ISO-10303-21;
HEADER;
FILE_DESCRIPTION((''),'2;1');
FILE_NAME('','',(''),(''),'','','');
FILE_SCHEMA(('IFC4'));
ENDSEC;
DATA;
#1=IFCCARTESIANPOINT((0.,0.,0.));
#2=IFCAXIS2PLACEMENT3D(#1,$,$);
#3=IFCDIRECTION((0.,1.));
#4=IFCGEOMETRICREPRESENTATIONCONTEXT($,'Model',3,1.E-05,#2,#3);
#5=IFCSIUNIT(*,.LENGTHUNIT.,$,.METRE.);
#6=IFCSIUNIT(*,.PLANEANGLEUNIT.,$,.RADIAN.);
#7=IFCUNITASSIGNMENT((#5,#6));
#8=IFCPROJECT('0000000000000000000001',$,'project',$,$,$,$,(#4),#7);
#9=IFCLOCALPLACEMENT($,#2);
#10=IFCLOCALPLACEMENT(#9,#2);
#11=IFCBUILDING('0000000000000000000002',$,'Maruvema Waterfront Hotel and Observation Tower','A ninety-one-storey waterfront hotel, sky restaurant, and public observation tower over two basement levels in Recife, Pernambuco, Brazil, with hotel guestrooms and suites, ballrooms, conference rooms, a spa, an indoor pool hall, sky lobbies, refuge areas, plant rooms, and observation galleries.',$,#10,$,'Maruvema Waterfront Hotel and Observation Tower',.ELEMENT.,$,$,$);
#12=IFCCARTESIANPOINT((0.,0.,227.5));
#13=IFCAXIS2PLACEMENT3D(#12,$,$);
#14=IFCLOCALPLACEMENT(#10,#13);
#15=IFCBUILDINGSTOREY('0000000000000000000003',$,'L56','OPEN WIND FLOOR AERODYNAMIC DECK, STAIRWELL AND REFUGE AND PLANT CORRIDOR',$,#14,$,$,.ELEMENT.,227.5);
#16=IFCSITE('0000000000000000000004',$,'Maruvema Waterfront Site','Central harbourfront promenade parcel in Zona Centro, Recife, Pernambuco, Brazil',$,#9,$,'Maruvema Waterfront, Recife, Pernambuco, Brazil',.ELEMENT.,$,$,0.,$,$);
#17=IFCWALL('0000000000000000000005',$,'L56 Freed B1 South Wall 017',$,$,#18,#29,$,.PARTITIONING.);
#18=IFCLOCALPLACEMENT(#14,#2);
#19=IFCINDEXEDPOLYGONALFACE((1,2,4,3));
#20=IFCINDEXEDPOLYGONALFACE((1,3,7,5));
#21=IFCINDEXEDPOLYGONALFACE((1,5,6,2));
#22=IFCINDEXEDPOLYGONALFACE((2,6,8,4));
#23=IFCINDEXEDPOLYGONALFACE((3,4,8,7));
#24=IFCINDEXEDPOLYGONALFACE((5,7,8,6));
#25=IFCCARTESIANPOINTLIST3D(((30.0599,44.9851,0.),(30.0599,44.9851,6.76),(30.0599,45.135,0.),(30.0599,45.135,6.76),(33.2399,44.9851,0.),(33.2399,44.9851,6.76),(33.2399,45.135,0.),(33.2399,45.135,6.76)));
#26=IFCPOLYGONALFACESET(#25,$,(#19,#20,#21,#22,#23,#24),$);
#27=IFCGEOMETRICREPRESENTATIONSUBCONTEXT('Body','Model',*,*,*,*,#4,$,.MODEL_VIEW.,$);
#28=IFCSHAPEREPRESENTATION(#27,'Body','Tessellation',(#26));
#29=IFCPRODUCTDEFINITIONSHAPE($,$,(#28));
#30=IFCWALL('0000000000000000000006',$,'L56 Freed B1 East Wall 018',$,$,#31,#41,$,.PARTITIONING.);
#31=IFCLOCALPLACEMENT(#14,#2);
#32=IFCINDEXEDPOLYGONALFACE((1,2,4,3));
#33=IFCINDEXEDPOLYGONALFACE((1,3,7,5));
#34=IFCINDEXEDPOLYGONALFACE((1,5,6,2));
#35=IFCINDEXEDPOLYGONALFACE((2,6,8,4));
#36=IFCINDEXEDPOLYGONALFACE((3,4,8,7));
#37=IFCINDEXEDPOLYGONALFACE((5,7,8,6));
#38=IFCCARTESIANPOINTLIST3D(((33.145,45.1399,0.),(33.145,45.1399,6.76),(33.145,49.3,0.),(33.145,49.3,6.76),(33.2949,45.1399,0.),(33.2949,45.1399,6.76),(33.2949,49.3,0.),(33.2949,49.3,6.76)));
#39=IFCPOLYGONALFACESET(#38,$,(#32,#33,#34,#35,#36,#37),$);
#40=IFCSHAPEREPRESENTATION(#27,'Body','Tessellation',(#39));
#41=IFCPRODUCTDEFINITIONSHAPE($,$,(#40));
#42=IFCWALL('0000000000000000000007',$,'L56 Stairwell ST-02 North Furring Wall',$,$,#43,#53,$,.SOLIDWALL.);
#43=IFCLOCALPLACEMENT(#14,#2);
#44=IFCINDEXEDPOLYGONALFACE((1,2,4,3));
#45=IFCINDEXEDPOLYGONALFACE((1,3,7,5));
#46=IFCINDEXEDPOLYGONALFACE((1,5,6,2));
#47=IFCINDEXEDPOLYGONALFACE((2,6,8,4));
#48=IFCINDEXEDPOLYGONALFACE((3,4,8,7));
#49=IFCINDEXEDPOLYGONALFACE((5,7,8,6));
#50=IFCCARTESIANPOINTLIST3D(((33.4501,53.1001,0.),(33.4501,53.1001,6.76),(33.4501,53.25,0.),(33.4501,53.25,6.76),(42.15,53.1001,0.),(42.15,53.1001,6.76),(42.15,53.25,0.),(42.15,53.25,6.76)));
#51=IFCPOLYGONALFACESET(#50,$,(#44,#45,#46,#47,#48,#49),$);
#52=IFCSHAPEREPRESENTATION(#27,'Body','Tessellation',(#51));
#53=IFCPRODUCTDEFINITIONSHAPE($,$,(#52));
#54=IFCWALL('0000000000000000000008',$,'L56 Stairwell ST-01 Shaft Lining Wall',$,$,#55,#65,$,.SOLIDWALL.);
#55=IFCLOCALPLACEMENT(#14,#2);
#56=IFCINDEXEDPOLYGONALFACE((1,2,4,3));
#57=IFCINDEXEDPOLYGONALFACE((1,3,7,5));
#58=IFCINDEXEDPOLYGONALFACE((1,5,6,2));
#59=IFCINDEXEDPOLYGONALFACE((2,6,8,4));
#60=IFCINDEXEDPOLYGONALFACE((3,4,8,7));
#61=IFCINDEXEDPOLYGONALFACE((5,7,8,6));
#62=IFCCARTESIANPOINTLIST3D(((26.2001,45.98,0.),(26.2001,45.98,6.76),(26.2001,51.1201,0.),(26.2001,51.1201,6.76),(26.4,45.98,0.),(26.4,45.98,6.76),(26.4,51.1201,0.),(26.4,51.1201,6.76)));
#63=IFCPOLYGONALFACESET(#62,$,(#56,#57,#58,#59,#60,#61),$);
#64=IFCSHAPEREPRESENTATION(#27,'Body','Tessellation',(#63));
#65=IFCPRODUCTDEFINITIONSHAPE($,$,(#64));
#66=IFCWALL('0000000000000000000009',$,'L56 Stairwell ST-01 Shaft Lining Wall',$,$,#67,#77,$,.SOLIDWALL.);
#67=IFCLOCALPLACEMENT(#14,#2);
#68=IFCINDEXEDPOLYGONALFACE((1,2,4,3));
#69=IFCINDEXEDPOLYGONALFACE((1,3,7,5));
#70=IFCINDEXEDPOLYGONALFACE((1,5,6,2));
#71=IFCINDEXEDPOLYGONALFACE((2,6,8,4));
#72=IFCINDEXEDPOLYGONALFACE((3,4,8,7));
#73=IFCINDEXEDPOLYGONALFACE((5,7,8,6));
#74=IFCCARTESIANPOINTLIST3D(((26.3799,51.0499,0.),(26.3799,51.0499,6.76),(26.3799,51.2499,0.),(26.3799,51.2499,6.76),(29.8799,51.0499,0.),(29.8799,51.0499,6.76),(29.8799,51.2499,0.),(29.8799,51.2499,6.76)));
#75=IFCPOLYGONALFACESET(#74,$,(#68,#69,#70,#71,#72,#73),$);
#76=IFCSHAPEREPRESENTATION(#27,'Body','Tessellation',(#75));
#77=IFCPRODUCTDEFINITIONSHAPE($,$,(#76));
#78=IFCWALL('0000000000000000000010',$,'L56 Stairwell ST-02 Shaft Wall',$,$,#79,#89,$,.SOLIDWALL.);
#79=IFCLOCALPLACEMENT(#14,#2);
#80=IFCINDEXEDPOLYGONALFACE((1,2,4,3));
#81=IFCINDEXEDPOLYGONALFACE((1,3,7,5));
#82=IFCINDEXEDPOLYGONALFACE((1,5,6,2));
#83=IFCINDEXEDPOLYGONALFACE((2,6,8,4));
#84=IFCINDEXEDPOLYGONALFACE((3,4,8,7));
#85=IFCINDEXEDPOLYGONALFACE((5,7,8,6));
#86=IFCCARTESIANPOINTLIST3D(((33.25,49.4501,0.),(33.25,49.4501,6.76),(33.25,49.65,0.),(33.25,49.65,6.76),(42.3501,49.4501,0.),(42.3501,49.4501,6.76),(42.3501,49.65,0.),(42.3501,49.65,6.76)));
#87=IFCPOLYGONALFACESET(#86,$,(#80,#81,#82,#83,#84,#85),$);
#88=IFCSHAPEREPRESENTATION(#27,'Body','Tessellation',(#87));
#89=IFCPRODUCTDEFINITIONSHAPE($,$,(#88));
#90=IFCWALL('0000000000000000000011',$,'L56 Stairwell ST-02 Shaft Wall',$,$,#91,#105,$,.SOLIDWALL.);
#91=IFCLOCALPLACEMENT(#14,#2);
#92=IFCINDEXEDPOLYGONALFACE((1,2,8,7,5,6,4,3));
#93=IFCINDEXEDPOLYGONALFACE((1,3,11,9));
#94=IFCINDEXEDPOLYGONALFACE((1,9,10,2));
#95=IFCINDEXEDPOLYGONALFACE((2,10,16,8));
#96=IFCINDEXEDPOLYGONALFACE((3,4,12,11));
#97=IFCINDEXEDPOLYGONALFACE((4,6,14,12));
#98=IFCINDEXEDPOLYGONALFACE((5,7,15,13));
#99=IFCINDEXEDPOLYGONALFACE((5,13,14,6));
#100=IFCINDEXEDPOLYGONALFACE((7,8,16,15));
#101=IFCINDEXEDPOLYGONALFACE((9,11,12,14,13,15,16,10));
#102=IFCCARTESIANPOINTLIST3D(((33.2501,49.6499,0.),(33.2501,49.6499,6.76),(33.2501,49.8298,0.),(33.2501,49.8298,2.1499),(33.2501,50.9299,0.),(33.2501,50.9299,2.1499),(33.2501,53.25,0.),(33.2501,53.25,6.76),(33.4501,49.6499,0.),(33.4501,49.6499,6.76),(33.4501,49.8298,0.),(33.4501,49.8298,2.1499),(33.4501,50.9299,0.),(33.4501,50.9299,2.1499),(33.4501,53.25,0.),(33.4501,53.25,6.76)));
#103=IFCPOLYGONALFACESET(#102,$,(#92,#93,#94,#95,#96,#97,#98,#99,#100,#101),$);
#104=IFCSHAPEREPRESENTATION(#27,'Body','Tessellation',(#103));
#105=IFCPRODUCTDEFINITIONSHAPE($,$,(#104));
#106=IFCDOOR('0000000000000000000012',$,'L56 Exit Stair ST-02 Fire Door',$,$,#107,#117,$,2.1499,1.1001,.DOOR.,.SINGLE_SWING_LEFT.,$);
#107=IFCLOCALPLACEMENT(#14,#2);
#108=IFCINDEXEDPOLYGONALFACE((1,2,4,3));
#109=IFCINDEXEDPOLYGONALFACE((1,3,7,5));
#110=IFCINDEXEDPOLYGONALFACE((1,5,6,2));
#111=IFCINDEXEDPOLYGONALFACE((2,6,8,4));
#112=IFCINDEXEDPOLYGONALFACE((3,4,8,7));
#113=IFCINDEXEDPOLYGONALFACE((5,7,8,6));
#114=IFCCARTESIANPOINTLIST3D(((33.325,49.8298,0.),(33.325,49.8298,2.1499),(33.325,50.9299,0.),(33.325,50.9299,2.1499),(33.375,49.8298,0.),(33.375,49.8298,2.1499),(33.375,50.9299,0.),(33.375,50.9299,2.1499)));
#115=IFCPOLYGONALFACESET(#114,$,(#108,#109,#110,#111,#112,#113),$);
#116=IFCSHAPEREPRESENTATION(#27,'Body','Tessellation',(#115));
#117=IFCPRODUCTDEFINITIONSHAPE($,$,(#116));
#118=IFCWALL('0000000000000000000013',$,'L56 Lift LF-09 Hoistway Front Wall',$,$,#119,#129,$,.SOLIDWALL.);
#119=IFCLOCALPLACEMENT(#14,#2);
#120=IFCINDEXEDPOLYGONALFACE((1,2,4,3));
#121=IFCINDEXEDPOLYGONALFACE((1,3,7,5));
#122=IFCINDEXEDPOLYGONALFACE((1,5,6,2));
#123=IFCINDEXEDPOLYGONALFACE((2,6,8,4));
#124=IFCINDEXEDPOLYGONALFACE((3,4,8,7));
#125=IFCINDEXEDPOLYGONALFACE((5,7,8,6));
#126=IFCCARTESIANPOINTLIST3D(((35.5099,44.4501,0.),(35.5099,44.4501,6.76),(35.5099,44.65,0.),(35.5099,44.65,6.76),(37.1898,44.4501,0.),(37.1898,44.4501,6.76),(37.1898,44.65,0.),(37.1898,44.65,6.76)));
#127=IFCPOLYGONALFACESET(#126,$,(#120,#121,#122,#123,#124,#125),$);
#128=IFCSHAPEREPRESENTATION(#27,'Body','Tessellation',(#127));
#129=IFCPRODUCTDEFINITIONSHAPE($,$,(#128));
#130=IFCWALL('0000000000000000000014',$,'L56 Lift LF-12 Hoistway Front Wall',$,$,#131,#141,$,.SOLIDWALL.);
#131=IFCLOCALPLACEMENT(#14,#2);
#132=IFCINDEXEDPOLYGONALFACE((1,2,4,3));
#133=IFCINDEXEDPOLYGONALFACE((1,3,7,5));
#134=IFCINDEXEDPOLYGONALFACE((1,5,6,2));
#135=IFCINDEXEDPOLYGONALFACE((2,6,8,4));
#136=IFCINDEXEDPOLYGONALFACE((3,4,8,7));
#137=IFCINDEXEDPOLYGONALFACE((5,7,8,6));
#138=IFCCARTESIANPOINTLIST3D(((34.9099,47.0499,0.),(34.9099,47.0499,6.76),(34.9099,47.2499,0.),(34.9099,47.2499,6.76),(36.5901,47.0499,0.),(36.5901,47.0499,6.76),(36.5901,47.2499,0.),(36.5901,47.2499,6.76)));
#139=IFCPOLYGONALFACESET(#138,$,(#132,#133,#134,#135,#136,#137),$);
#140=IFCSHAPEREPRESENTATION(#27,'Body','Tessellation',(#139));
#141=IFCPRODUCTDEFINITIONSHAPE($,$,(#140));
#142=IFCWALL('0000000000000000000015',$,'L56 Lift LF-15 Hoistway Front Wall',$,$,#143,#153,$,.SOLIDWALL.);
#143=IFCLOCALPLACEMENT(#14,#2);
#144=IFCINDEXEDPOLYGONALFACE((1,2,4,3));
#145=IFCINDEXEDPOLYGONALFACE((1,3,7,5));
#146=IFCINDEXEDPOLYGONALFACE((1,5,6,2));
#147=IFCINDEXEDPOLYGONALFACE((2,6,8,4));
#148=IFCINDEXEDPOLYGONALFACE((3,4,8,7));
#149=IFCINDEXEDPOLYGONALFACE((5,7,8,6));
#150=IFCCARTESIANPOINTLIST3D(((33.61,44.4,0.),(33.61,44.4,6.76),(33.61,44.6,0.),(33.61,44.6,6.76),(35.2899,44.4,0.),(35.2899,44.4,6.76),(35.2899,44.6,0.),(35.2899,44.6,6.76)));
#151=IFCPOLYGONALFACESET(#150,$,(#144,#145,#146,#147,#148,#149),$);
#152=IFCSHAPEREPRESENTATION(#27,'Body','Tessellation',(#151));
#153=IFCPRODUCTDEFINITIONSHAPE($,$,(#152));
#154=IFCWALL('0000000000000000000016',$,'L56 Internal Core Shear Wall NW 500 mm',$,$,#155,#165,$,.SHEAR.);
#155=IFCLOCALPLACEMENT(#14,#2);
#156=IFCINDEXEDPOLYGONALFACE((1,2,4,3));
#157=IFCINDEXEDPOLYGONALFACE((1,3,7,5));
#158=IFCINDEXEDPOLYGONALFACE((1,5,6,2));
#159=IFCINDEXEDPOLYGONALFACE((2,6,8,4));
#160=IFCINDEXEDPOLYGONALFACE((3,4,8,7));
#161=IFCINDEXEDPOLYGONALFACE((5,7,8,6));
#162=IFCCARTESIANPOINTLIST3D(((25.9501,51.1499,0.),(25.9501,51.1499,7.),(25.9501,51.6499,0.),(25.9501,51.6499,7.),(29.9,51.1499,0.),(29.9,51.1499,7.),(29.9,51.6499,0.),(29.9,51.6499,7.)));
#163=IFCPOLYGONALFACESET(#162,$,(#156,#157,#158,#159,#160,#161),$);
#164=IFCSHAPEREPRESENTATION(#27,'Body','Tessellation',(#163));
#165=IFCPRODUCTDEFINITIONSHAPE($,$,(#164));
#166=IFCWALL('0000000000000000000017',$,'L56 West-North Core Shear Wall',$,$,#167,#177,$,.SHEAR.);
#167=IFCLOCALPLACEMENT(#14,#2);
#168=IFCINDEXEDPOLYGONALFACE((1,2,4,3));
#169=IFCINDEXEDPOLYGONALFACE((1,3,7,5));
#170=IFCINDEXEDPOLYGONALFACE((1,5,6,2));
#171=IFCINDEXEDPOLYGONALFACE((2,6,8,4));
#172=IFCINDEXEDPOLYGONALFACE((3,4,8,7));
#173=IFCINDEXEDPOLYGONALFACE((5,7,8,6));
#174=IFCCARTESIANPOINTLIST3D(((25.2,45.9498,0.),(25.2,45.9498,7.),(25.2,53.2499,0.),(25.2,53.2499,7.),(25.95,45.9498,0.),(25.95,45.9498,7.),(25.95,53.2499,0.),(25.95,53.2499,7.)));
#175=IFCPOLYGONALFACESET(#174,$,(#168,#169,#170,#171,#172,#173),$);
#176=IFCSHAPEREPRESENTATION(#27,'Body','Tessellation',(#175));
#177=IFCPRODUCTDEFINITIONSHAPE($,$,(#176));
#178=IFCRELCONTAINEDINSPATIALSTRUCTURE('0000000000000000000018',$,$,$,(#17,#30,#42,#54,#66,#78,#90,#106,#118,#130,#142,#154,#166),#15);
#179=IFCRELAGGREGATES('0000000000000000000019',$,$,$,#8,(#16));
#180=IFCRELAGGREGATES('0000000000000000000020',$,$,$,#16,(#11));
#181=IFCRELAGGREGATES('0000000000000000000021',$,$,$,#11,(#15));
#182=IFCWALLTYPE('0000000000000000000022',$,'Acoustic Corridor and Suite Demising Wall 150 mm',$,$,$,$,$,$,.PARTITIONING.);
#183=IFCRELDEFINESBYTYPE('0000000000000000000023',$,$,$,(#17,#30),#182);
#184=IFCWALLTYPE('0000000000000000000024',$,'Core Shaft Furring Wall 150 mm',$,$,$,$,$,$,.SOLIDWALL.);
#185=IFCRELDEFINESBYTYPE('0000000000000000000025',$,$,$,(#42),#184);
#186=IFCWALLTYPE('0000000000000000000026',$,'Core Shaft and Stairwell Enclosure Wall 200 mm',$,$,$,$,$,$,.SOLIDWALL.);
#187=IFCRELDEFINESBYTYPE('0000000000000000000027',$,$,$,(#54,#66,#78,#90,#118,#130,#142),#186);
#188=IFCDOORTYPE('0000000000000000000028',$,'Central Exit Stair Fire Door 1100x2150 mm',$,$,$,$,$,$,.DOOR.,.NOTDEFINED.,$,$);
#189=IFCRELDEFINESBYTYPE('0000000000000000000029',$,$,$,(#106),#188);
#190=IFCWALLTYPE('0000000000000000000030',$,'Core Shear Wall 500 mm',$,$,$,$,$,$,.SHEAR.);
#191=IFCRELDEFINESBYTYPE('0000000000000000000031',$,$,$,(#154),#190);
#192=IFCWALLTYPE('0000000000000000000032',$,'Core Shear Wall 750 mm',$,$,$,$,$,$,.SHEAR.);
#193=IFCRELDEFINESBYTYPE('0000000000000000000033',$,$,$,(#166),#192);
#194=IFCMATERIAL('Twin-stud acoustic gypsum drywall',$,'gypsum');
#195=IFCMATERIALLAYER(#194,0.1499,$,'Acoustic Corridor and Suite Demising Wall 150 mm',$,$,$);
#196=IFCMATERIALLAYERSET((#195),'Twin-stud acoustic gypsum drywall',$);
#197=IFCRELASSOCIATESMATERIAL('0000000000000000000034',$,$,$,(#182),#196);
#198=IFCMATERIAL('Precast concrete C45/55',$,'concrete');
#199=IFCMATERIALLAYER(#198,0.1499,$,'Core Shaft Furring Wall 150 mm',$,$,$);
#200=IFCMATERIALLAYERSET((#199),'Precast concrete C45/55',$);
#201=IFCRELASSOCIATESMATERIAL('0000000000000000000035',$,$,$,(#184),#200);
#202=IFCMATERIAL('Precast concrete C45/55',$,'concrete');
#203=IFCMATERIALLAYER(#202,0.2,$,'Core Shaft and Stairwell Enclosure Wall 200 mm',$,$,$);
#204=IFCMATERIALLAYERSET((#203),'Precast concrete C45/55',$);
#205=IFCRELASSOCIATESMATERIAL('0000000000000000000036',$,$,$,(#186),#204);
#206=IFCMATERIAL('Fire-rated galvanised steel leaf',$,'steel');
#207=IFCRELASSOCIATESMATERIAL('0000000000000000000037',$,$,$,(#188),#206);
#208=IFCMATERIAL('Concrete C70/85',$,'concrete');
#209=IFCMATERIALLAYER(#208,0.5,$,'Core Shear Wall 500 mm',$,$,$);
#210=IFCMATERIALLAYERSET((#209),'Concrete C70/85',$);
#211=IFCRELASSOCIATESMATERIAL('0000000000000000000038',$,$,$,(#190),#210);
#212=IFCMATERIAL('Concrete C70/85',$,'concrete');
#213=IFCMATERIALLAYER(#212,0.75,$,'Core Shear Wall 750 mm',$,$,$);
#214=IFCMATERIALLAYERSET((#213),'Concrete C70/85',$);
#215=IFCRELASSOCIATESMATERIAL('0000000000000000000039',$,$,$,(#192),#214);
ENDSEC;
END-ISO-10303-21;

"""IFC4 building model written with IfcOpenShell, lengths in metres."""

from ifc_helpers import new_model, si_unit, direction, frame, frame_2d, origin, place, context, subcontext, project, spatial, rectangle, extrude, material, layer, layer_set, type_object, element, fill, save


model = new_model("IFC4")

# Units and contexts
model_context = context("Model", 3, precision=1e-05, world=origin(), true_north=direction((0.0, 1.0)))
body_context = subcontext(model_context, "Body", "Model", "MODEL_VIEW")
ifc_project = project(units=[si_unit("LENGTHUNIT", "METRE"), si_unit("PLANEANGLEUNIT", "RADIAN")], contexts=[model_context])

# Site, building, storey
site_placement = place(None, origin())
site = spatial("IfcSite", under=ifc_project, at=site_placement, Name="Maruvema Waterfront Site", Description="Central harbourfront promenade parcel in Zona Centro, Recife, Pernambuco, Brazil", LongName="Maruvema Waterfront, Recife, Pernambuco, Brazil", CompositionType="ELEMENT", RefElevation=0.0)
building_placement = place(site_placement, origin())
building = spatial("IfcBuilding", under=site, at=building_placement, Name="Maruvema Waterfront Hotel and Observation Tower", Description="A ninety-one-storey waterfront hotel, sky restaurant, and public observation tower over two basement levels in Recife, Pernambuco, Brazil, with hotel guestrooms and suites, ballrooms, conference rooms, a spa, an indoor pool hall, sky lobbies, refuge areas, plant rooms, and observation galleries.", LongName="Maruvema Waterfront Hotel and Observation Tower", CompositionType="ELEMENT")
storey_placement = place(building_placement, frame((0.0, 0.0, 227.5)))
storey = spatial("IfcBuildingStorey", under=building, at=storey_placement, Name="L56", Description="OPEN WIND FLOOR AERODYNAMIC DECK, STAIRWELL AND REFUGE AND PLANT CORRIDOR", CompositionType="ELEMENT", Elevation=227.5)

# Walls
ifc_material_1 = material(Name="Twin-stud acoustic gypsum drywall", Category="gypsum")
ifc_layer_1 = layer(ifc_material_1, 0.1499, Name="Acoustic Corridor and Suite Demising Wall 150 mm")
ifc_layer_set_1 = layer_set([ifc_layer_1], Name="Twin-stud acoustic gypsum drywall")
wall_type_1 = type_object("IfcWallType", Name="Acoustic Corridor and Suite Demising Wall 150 mm", PredefinedType="PARTITIONING", material=ifc_layer_set_1)
wall_1_placement = place(storey_placement, frame((30.0601, 45.0601, 0.0), z_axis=(0.0, 0.0, 1.0), x_axis=(1.0, 0.0, 0.0)))
element("IfcWall", 1, at=wall_1_placement, inside=storey, type_object=wall_type_1, Name="L56 Freed B1 South Wall 017", PredefinedType="PARTITIONING", context=body_context, shape_type="SweptSolid", body=[
    extrude(rectangle(XDim=3.1799, YDim=0.1499, at=frame_2d((1.5898, 0.0))), origin(), (0.0, 0.0, 1.0), 6.76),
])
wall_2_placement = place(storey_placement, frame((33.22, 45.1399, 0.0), z_axis=(0.0, 0.0, 1.0), x_axis=(0.0, 1.0, 0.0)))
element("IfcWall", 2, at=wall_2_placement, inside=storey, type_object=wall_type_1, Name="L56 Freed B1 East Wall 018", PredefinedType="PARTITIONING", context=body_context, shape_type="SweptSolid", body=[
    extrude(rectangle(XDim=4.1602, YDim=0.1499, at=frame_2d((2.0801, 0.0))), origin(), (0.0, 0.0, 1.0), 6.76),
])
ifc_material_2 = material(Name="Precast concrete C45/55", Category="concrete")
ifc_layer_2 = layer(ifc_material_2, 0.1499, Name="Core Shaft Furring Wall 150 mm")
ifc_layer_set_2 = layer_set([ifc_layer_2], Name="Precast concrete C45/55")
wall_type_2 = type_object("IfcWallType", Name="Core Shaft Furring Wall 150 mm", PredefinedType="SOLIDWALL", material=ifc_layer_set_2)
wall_3_placement = place(storey_placement, frame((33.45, 53.175, 0.0), z_axis=(0.0, 0.0, 1.0), x_axis=(1.0, 0.0, 0.0)))
element("IfcWall", 3, at=wall_3_placement, inside=storey, type_object=wall_type_2, Name="L56 Stairwell ST-02 North Furring Wall", PredefinedType="SOLIDWALL", context=body_context, shape_type="SweptSolid", body=[
    extrude(rectangle(XDim=8.7, YDim=0.1499, at=frame_2d((4.3501, 0.0))), origin(), (0.0, 0.0, 1.0), 6.76),
])
ifc_material_3 = material(Name="Precast concrete C45/55", Category="concrete")
ifc_layer_3 = layer(ifc_material_3, 0.2, Name="Core Shaft and Stairwell Enclosure Wall 200 mm")
ifc_layer_set_3 = layer_set([ifc_layer_3], Name="Precast concrete C45/55")
wall_type_3 = type_object("IfcWallType", Name="Core Shaft and Stairwell Enclosure Wall 200 mm", PredefinedType="SOLIDWALL", material=ifc_layer_set_3)
wall_4_placement = place(storey_placement, frame((26.3, 45.98, 0.0), z_axis=(0.0, 0.0, 1.0), x_axis=(0.0, 1.0, 0.0)))
element("IfcWall", 4, at=wall_4_placement, inside=storey, type_object=wall_type_3, Name="L56 Stairwell ST-01 Shaft Lining Wall", PredefinedType="SOLIDWALL", context=body_context, shape_type="SweptSolid", body=[
    extrude(rectangle(XDim=5.1401, YDim=0.2, at=frame_2d((2.5701, 0.0))), origin(), (0.0, 0.0, 1.0), 6.76),
])
wall_5_placement = place(storey_placement, frame((26.3799, 51.1499, 0.0), z_axis=(0.0, 0.0, 1.0), x_axis=(1.0, 0.0, 0.0)))
element("IfcWall", 5, at=wall_5_placement, inside=storey, type_object=wall_type_3, Name="L56 Stairwell ST-01 Shaft Lining Wall", PredefinedType="SOLIDWALL", context=body_context, shape_type="SweptSolid", body=[
    extrude(rectangle(XDim=3.5, YDim=0.2, at=frame_2d((1.75, 0.0))), origin(), (0.0, 0.0, 1.0), 6.76),
])
wall_6_placement = place(storey_placement, frame((33.25, 49.55, 0.0), z_axis=(0.0, 0.0, 1.0), x_axis=(1.0, 0.0, 0.0)))
element("IfcWall", 6, at=wall_6_placement, inside=storey, type_object=wall_type_3, Name="L56 Stairwell ST-02 Shaft Wall", PredefinedType="SOLIDWALL", context=body_context, shape_type="SweptSolid", body=[
    extrude(rectangle(XDim=9.1001, YDim=0.2, at=frame_2d((4.55, 0.0))), origin(), (0.0, 0.0, 1.0), 6.76),
])

# Wall, opening, door
wall_7_placement = place(storey_placement, frame((33.3501, 49.6499, 0.0), z_axis=(0.0, 0.0, 1.0), x_axis=(0.0, 1.0, 0.0)))
wall_7 = element("IfcWall", 7, at=wall_7_placement, inside=storey, type_object=wall_type_3, Name="L56 Stairwell ST-02 Shaft Wall", PredefinedType="SOLIDWALL", context=body_context, shape_type="SweptSolid", body=[
    extrude(rectangle(XDim=3.6001, YDim=0.2, at=frame_2d((1.8, 0.0))), origin(), (0.0, 0.0, 1.0), 6.76),
])
opening_1_placement = place(wall_7_placement, frame((0.1799, 0.0, 0.0)))
opening_1 = element("IfcOpeningElement", 8, at=opening_1_placement, cuts=wall_7, PredefinedType="OPENING", context=body_context, shape_type="SweptSolid", body=[
    extrude(rectangle(XDim=1.1001, YDim=2.1499, at=frame_2d((0.55, 1.075))), frame((0.0, 0.1099, 0.0), z_axis=(0.0, -1.0, 0.0), x_axis=(1.0, 0.0, 0.0)), (0.0, 0.0, 1.0), 0.22),
])
ifc_material_4 = material(Name="Fire-rated galvanised steel leaf", Category="steel")
door_type_1 = type_object("IfcDoorType", Name="Central Exit Stair Fire Door 1100x2150 mm", OperationType="NOTDEFINED", PredefinedType="DOOR", material=ifc_material_4)
door_1_placement = place(opening_1_placement, frame((1.1001, 0.0, 0.0), z_axis=(0.0, 0.0, 1.0), x_axis=(-1.0, 0.0, 0.0)))
door_1 = element("IfcDoor", 9, at=door_1_placement, inside=storey, type_object=door_type_1, Name="L56 Exit Stair ST-02 Fire Door", OperationType="SINGLE_SWING_LEFT", OverallHeight=2.1499, OverallWidth=1.1001, PredefinedType="DOOR", context=body_context, shape_type="SweptSolid", body=[
    extrude(rectangle(XDim=1.1001, YDim=2.1499, at=frame_2d((0.55, 1.075))), frame((0.0, 0.0249, 0.0), z_axis=(0.0, -1.0, 0.0), x_axis=(1.0, 0.0, 0.0)), (0.0, 0.0, 1.0), 0.05),
])
fill(opening_1, door_1)

# Walls
wall_8_placement = place(storey_placement, frame((35.51, 44.55, 0.0), z_axis=(0.0, 0.0, 1.0), x_axis=(1.0, 0.0, 0.0)))
element("IfcWall", 10, at=wall_8_placement, inside=storey, type_object=wall_type_3, Name="L56 Lift LF-09 Hoistway Front Wall", PredefinedType="SOLIDWALL", context=body_context, shape_type="SweptSolid", body=[
    extrude(rectangle(XDim=1.6799, YDim=0.2, at=frame_2d((0.8398, 0.0))), origin(), (0.0, 0.0, 1.0), 6.76),
])
wall_9_placement = place(storey_placement, frame((34.9099, 47.1499, 0.0), z_axis=(0.0, 0.0, 1.0), x_axis=(1.0, 0.0, 0.0)))
element("IfcWall", 11, at=wall_9_placement, inside=storey, type_object=wall_type_3, Name="L56 Lift LF-12 Hoistway Front Wall", PredefinedType="SOLIDWALL", context=body_context, shape_type="SweptSolid", body=[
    extrude(rectangle(XDim=1.6802, YDim=0.2, at=frame_2d((0.8401, 0.0))), origin(), (0.0, 0.0, 1.0), 6.76),
])
wall_10_placement = place(storey_placement, frame((33.6101, 44.5, 0.0), z_axis=(0.0, 0.0, 1.0), x_axis=(1.0, 0.0, 0.0)))
element("IfcWall", 12, at=wall_10_placement, inside=storey, type_object=wall_type_3, Name="L56 Lift LF-15 Hoistway Front Wall", PredefinedType="SOLIDWALL", context=body_context, shape_type="SweptSolid", body=[
    extrude(rectangle(XDim=1.6799, YDim=0.2, at=frame_2d((0.8398, 0.0))), origin(), (0.0, 0.0, 1.0), 6.76),
])
ifc_material_5 = material(Name="Concrete C70/85", Category="concrete")
ifc_layer_4 = layer(ifc_material_5, 0.5, Name="Core Shear Wall 500 mm")
ifc_layer_set_4 = layer_set([ifc_layer_4], Name="Concrete C70/85")
wall_type_4 = type_object("IfcWallType", Name="Core Shear Wall 500 mm", PredefinedType="SHEAR", material=ifc_layer_set_4)
wall_11_placement = place(storey_placement, frame((25.95, 51.3999, 0.0), z_axis=(0.0, 0.0, 1.0), x_axis=(1.0, 0.0, 0.0)))
element("IfcWall", 13, at=wall_11_placement, inside=storey, type_object=wall_type_4, Name="L56 Internal Core Shear Wall NW 500 mm", PredefinedType="SHEAR", context=body_context, shape_type="SweptSolid", body=[
    extrude(rectangle(XDim=3.95, YDim=0.5, at=frame_2d((1.9751, 0.0))), origin(), (0.0, 0.0, 1.0), 7.0),
])
ifc_material_6 = material(Name="Concrete C70/85", Category="concrete")
ifc_layer_5 = layer(ifc_material_6, 0.75, Name="Core Shear Wall 750 mm")
ifc_layer_set_5 = layer_set([ifc_layer_5], Name="Concrete C70/85")
wall_type_5 = type_object("IfcWallType", Name="Core Shear Wall 750 mm", PredefinedType="SHEAR", material=ifc_layer_set_5)
wall_12_placement = place(storey_placement, frame((25.575, 45.95, 0.0), z_axis=(0.0, 0.0, 1.0), x_axis=(0.0, 1.0, 0.0)))
element("IfcWall", 14, at=wall_12_placement, inside=storey, type_object=wall_type_5, Name="L56 West-North Core Shear Wall", PredefinedType="SHEAR", context=body_context, shape_type="SweptSolid", body=[
    extrude(rectangle(XDim=7.3, YDim=0.75, at=frame_2d((3.6499, 0.0))), origin(), (0.0, 0.0, 1.0), 7.0),
])

save(model, "model.ifc")
